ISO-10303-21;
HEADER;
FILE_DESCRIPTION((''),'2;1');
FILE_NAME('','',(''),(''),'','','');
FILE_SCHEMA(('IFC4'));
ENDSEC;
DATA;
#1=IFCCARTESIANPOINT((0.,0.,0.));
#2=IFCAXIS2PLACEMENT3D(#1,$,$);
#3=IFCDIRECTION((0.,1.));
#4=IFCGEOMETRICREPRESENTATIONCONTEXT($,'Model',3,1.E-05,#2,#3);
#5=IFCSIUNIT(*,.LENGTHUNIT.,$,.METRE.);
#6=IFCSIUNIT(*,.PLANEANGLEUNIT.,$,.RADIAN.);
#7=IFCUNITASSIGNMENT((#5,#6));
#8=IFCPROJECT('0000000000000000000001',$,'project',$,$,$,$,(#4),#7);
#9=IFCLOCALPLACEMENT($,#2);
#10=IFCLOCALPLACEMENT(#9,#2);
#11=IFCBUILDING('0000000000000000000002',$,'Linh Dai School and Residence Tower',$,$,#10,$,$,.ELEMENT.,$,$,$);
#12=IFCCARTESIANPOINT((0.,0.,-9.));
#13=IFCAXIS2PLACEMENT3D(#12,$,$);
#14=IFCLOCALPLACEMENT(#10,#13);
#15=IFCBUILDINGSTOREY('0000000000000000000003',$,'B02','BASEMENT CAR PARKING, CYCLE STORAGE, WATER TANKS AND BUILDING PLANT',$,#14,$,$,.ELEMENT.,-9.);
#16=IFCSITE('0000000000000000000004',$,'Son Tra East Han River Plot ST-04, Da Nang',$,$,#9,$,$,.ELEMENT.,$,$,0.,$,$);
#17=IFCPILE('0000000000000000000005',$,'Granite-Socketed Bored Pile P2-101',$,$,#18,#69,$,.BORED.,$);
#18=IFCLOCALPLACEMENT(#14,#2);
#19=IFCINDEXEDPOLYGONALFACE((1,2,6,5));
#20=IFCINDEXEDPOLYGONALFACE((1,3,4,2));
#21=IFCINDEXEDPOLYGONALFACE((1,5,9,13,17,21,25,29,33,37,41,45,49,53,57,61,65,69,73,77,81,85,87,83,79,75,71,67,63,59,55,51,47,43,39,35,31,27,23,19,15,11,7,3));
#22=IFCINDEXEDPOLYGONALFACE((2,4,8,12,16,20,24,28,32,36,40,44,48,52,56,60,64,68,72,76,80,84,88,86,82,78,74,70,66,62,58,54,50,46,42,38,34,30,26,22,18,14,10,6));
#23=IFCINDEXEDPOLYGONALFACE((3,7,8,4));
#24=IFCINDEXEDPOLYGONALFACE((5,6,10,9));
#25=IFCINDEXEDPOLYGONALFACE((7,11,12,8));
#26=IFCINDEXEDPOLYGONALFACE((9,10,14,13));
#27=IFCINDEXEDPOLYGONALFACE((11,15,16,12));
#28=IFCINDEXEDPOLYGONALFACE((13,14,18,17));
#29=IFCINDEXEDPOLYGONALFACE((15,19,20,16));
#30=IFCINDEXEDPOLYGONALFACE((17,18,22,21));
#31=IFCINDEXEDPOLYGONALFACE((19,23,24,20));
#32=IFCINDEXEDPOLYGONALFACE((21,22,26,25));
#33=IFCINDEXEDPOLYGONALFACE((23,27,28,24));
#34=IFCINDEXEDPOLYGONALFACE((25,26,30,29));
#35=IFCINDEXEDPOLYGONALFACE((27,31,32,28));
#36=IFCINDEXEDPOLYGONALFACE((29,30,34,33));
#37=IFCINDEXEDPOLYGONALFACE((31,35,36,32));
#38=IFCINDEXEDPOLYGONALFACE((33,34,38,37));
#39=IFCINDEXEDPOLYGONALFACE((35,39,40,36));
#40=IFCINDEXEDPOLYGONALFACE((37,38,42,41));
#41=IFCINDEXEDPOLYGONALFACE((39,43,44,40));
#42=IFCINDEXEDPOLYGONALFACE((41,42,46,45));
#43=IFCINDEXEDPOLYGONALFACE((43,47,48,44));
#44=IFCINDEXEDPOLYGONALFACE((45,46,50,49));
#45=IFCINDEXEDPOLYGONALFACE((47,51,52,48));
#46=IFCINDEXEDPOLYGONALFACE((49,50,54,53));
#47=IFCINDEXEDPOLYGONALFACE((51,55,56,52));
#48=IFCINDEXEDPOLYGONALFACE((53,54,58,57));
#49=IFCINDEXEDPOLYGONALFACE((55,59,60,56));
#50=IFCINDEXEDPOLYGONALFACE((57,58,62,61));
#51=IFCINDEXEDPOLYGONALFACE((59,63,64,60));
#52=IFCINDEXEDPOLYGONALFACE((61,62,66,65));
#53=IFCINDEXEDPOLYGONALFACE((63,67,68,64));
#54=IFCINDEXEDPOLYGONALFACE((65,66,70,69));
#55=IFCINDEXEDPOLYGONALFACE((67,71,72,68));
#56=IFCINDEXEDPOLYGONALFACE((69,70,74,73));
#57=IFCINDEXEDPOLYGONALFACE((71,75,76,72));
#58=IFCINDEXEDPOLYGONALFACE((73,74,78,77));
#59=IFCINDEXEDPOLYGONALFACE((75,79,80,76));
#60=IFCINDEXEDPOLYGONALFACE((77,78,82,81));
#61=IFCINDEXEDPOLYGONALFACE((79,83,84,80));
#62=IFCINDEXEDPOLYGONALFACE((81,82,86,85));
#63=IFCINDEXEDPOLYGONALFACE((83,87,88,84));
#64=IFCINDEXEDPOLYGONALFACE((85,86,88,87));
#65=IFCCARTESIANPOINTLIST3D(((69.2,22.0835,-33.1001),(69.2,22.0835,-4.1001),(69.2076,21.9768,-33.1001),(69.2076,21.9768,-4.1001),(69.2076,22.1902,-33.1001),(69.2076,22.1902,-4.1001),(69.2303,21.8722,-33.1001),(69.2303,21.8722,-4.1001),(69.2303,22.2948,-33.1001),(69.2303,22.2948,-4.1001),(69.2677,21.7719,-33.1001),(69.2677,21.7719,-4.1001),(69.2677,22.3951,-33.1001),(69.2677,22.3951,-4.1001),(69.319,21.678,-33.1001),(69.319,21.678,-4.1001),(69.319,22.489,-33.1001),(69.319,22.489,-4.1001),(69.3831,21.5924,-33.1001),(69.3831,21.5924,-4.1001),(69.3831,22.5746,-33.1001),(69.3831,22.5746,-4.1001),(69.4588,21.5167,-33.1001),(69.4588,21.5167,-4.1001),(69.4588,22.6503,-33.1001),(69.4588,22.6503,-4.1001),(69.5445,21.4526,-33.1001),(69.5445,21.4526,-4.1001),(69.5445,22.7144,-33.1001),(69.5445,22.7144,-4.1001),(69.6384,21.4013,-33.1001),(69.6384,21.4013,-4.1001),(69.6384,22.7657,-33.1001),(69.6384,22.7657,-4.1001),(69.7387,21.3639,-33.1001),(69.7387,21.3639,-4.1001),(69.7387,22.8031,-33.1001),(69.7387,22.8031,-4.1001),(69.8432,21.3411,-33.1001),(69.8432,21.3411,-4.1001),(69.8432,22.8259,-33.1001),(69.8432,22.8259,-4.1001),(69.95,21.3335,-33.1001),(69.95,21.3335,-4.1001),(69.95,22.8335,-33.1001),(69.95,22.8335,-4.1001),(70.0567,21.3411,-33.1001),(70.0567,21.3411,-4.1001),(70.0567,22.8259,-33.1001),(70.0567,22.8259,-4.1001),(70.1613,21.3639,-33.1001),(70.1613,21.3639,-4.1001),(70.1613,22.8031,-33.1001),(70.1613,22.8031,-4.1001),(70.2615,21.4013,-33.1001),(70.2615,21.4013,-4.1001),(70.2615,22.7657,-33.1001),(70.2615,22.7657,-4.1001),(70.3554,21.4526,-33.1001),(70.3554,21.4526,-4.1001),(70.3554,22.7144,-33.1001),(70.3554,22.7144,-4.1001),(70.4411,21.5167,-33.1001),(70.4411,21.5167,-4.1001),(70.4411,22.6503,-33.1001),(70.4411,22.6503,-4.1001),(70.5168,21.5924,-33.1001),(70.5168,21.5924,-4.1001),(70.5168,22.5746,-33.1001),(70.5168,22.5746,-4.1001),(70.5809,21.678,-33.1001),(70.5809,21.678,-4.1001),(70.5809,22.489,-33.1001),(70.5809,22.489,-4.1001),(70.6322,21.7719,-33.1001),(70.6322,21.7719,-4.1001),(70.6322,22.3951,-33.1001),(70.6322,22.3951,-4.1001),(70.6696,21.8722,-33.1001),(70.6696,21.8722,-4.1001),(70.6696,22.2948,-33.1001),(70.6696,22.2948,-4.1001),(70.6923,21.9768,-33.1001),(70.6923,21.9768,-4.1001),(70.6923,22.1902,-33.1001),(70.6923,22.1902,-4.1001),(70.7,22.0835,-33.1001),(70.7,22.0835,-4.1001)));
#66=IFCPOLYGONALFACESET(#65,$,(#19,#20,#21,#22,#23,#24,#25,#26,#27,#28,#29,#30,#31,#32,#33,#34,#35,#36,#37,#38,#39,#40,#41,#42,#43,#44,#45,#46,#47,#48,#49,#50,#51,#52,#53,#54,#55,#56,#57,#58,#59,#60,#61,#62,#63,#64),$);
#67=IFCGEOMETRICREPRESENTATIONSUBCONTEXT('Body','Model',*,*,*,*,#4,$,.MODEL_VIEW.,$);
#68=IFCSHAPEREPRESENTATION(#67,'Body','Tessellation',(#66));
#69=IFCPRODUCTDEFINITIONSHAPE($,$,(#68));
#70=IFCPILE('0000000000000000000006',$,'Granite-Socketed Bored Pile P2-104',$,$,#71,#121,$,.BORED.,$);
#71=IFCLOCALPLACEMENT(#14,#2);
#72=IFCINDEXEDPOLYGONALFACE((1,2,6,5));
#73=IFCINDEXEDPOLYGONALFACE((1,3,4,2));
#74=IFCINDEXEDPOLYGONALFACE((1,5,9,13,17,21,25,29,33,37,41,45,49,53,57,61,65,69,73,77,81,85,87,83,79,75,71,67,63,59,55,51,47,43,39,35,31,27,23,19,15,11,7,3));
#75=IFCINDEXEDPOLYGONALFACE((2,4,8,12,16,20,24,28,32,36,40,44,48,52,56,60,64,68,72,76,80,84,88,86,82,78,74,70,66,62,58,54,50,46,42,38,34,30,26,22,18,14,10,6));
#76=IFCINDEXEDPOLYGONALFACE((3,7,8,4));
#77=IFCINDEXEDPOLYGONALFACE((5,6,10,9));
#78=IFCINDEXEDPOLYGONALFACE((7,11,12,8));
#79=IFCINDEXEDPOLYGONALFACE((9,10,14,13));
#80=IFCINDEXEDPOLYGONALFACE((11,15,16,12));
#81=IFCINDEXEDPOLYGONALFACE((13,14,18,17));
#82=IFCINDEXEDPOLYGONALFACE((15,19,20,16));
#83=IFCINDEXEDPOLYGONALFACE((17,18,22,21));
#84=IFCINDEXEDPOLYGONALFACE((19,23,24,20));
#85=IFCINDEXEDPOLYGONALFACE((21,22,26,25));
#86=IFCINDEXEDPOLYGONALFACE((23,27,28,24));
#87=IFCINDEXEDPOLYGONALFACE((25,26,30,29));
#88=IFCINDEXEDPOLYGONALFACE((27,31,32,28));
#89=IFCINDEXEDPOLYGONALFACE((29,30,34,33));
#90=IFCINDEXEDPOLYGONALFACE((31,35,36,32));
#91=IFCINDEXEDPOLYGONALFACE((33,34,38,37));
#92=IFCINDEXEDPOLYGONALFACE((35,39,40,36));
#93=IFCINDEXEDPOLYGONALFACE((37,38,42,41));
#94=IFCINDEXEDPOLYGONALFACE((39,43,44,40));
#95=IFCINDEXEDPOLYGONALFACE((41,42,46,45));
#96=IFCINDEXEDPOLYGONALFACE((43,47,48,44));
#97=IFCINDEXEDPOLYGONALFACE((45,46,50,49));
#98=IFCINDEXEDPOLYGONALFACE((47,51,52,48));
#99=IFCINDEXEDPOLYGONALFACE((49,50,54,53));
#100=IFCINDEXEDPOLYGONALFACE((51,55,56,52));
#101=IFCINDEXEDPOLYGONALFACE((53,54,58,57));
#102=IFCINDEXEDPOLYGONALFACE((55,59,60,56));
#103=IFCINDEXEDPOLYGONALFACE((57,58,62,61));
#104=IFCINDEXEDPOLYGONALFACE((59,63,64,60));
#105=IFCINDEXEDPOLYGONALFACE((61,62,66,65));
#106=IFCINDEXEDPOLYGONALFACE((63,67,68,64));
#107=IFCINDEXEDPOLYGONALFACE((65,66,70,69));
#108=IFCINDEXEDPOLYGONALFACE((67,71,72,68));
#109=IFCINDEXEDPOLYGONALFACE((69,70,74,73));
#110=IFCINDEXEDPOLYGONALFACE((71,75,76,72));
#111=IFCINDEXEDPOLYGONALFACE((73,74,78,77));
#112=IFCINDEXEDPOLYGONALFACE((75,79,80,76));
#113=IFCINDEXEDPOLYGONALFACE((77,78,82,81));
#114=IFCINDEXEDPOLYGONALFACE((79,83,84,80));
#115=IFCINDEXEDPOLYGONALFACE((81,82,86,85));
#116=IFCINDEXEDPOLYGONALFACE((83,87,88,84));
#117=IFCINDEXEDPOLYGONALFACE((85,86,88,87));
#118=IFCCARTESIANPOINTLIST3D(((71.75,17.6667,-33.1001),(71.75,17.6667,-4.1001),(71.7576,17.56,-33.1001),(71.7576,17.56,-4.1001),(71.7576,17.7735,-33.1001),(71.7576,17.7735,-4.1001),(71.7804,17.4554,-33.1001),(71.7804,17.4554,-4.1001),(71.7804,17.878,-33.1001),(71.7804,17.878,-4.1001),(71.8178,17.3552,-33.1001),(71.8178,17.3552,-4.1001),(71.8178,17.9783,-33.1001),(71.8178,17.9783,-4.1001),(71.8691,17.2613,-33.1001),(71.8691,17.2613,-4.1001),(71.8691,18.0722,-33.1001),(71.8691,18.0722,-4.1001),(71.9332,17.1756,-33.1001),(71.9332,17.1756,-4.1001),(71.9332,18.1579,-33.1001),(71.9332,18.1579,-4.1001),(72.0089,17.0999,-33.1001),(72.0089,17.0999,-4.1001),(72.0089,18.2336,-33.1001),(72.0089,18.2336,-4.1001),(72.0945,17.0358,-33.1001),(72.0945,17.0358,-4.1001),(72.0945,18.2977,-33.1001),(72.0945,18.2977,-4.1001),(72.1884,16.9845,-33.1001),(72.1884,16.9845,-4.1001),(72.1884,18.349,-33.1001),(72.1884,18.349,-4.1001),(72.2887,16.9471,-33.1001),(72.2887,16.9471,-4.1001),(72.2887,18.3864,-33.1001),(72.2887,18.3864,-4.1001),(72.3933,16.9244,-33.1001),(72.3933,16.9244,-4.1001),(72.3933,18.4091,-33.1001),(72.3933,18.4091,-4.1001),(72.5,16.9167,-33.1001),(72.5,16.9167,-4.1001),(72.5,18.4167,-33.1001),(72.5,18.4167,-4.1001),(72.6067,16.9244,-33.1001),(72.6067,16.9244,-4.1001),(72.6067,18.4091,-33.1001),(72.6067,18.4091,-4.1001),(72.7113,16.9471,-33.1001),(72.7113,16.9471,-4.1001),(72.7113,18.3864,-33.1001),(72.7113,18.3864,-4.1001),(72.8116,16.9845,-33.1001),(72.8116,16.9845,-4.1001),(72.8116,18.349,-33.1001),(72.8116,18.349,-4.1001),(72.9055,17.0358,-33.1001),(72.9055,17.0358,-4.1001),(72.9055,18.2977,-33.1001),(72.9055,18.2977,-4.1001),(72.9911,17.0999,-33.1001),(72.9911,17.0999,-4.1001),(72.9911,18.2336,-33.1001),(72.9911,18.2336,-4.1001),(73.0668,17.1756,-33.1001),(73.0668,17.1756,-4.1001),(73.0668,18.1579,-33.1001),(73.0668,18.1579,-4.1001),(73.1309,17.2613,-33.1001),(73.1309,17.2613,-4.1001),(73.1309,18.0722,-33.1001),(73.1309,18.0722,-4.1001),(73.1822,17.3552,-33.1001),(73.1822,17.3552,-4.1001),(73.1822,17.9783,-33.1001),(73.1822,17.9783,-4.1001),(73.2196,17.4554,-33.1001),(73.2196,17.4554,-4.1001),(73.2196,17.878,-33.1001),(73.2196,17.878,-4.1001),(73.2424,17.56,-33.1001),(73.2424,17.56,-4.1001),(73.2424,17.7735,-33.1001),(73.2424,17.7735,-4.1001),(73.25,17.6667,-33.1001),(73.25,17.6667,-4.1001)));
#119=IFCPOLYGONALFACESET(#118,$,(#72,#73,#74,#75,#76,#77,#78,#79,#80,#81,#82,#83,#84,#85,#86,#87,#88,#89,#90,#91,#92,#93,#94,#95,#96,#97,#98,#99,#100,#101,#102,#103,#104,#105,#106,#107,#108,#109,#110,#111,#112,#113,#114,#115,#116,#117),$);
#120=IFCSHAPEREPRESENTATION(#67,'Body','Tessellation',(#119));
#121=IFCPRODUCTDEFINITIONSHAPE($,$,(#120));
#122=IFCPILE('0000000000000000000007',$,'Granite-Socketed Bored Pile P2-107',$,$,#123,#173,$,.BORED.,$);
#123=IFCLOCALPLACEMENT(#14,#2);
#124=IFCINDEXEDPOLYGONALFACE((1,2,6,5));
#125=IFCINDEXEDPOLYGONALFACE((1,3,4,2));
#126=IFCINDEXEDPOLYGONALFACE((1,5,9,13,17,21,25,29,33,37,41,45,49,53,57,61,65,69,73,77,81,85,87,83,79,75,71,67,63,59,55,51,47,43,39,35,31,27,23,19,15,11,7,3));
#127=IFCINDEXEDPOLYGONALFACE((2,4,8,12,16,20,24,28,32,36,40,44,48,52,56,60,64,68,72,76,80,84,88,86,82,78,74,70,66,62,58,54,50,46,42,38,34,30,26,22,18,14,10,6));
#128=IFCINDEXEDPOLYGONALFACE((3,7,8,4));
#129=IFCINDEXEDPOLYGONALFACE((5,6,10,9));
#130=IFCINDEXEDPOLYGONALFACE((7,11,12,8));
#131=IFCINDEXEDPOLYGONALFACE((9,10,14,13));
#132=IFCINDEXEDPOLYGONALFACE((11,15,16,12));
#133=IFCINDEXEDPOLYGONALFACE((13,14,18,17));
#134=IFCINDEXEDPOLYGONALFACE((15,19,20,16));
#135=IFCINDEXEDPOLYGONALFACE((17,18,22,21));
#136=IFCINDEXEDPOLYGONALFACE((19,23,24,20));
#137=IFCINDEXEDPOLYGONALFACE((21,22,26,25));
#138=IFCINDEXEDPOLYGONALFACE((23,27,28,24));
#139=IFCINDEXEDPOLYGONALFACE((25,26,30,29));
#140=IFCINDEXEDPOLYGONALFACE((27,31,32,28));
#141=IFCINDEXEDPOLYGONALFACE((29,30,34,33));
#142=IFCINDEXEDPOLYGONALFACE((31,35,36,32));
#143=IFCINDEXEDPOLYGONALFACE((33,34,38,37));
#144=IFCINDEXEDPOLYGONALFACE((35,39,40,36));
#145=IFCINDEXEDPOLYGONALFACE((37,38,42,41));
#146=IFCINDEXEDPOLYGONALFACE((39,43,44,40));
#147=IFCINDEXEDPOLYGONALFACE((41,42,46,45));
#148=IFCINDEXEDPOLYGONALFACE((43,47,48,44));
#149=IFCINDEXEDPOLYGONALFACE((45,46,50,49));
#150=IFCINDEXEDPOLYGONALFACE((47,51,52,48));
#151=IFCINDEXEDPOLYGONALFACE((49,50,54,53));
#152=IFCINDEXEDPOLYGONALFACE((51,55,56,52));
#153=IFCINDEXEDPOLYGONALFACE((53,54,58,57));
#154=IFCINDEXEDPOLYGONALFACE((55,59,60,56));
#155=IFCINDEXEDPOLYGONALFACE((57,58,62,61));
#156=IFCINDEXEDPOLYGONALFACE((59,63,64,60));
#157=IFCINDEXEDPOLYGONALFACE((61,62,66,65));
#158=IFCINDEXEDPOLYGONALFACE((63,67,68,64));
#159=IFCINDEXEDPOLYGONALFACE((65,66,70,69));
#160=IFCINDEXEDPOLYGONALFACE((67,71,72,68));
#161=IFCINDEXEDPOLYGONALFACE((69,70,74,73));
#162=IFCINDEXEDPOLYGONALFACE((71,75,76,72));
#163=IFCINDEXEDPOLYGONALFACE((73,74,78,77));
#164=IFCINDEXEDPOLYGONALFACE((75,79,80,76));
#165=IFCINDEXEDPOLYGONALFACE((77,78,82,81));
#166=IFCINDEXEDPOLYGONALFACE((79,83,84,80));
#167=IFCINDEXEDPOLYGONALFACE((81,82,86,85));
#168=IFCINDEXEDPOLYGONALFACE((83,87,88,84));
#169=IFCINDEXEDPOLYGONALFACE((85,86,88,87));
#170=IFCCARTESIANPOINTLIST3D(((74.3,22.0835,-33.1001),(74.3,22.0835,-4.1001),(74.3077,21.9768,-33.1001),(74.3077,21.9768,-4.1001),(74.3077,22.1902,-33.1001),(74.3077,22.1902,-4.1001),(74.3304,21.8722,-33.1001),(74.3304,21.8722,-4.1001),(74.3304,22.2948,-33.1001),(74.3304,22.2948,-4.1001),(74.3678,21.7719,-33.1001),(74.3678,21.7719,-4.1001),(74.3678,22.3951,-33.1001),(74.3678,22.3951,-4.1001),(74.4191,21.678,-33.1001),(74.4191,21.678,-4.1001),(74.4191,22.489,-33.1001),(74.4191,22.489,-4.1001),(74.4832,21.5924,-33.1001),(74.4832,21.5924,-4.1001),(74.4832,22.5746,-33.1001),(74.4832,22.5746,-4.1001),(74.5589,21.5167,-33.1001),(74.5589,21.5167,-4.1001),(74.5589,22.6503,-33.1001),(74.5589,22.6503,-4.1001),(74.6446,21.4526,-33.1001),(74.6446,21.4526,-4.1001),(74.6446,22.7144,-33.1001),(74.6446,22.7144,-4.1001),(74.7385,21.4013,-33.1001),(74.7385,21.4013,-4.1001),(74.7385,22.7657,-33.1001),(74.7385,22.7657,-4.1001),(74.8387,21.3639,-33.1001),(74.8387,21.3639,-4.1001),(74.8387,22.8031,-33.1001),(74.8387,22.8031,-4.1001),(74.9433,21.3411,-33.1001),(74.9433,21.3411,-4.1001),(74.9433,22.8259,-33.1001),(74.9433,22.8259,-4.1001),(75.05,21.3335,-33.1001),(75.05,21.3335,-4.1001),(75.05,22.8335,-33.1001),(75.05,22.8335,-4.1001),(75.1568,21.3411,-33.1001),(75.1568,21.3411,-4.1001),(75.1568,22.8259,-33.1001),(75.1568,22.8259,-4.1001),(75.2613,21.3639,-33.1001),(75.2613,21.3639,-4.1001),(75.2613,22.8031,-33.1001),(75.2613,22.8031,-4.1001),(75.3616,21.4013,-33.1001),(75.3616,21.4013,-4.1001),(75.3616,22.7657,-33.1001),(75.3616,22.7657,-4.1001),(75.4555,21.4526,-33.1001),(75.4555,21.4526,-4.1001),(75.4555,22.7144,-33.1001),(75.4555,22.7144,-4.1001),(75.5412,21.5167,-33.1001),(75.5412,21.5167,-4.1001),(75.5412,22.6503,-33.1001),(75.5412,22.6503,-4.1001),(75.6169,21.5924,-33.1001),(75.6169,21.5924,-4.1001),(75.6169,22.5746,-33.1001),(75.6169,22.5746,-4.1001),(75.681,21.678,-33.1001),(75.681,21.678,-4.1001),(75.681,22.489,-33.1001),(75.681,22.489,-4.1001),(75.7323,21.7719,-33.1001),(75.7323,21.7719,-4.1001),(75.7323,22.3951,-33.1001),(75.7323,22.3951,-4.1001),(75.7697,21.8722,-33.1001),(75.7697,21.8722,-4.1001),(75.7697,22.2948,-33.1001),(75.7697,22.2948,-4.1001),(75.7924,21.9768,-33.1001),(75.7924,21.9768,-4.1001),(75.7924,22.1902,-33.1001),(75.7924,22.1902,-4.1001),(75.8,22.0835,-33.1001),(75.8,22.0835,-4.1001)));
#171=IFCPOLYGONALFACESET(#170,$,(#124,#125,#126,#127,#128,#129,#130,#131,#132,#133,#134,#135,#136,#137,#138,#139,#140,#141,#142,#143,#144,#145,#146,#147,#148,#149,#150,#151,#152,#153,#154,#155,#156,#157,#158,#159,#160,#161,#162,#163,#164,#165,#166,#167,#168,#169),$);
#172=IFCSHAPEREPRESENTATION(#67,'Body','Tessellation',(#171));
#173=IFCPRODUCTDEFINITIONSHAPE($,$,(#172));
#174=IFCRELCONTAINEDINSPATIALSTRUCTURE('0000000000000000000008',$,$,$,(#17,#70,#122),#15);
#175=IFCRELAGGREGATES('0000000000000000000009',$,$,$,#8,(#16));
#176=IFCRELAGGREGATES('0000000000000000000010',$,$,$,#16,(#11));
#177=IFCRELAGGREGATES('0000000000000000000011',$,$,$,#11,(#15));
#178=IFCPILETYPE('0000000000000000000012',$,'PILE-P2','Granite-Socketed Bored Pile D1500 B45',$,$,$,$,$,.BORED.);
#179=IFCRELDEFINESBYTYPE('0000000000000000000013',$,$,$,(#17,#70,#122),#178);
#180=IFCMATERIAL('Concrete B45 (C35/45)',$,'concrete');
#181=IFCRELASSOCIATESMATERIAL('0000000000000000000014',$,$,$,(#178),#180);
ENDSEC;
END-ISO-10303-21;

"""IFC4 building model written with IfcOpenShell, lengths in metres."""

from ifc_helpers import new_model, si_unit, direction, frame, origin, origin_2d, place, context, subcontext, project, spatial, circle, extrude, material, material_profile, profile_set, type_object, element, save


model = new_model("IFC4")

# Units and contexts
model_context = context("Model", 3, precision=1e-05, world=origin(), true_north=direction((0.0, 1.0)))
body_context = subcontext(model_context, "Body", "Model", "MODEL_VIEW")
ifc_project = project(units=[si_unit("LENGTHUNIT", "METRE"), si_unit("PLANEANGLEUNIT", "RADIAN")], contexts=[model_context])

# Site, building, storey
site_placement = place(None, origin())
site = spatial("IfcSite", under=ifc_project, at=site_placement, Name="Son Tra East Han River Plot ST-04, Da Nang", CompositionType="ELEMENT", RefElevation=0.0)
building_placement = place(site_placement, origin())
building = spatial("IfcBuilding", under=site, at=building_placement, Name="Linh Dai School and Residence Tower", CompositionType="ELEMENT")
storey_placement = place(building_placement, frame((0.0, 0.0, -9.0)))
storey = spatial("IfcBuildingStorey", under=building, at=storey_placement, Name="B02", Description="BASEMENT CAR PARKING, CYCLE STORAGE, WATER TANKS AND BUILDING PLANT", CompositionType="ELEMENT", Elevation=-9.0)

# Piles
ifc_material_1 = material(Name="Concrete B45 (C35/45)", Category="concrete")
ifc_material_profile_1 = material_profile(ifc_material_1, circle(Radius=0.75, at=origin_2d()), Name="PILE D1500")
ifc_profile_set_1 = profile_set([ifc_material_profile_1], Name="Concrete B45 (C35/45)")
pile_type = type_object("IfcPileType", Name="PILE-P2", Description="Granite-Socketed Bored Pile D1500 B45", PredefinedType="BORED", material=ifc_profile_set_1)
for number, where, z_axis, x_axis, name in (
    (1, (69.95, 22.0835, -4.1001), (0.0, 0.0, -1.0), (1.0, 0.0, 0.0), "Granite-Socketed Bored Pile P2-101"),
    (2, (72.5, 17.6667, -4.1001), (0.0, 0.0, -1.0), (1.0, 0.0, 0.0), "Granite-Socketed Bored Pile P2-104"),
    (3, (75.05, 22.0835, -4.1001), (0.0, 0.0, -1.0), (1.0, 0.0, 0.0), "Granite-Socketed Bored Pile P2-107"),
):
    element("IfcPile", number, at=place(storey_placement, frame(where, z_axis=z_axis, x_axis=x_axis)), inside=storey, type_object=pile_type, Name=name, PredefinedType="BORED", context=body_context, shape_type="SweptSolid", body=[
        extrude(circle(Radius=0.75, at=origin_2d()), origin(), (0.0, 0.0, 1.0), 29.0),
    ])

save(model, "model.ifc")
